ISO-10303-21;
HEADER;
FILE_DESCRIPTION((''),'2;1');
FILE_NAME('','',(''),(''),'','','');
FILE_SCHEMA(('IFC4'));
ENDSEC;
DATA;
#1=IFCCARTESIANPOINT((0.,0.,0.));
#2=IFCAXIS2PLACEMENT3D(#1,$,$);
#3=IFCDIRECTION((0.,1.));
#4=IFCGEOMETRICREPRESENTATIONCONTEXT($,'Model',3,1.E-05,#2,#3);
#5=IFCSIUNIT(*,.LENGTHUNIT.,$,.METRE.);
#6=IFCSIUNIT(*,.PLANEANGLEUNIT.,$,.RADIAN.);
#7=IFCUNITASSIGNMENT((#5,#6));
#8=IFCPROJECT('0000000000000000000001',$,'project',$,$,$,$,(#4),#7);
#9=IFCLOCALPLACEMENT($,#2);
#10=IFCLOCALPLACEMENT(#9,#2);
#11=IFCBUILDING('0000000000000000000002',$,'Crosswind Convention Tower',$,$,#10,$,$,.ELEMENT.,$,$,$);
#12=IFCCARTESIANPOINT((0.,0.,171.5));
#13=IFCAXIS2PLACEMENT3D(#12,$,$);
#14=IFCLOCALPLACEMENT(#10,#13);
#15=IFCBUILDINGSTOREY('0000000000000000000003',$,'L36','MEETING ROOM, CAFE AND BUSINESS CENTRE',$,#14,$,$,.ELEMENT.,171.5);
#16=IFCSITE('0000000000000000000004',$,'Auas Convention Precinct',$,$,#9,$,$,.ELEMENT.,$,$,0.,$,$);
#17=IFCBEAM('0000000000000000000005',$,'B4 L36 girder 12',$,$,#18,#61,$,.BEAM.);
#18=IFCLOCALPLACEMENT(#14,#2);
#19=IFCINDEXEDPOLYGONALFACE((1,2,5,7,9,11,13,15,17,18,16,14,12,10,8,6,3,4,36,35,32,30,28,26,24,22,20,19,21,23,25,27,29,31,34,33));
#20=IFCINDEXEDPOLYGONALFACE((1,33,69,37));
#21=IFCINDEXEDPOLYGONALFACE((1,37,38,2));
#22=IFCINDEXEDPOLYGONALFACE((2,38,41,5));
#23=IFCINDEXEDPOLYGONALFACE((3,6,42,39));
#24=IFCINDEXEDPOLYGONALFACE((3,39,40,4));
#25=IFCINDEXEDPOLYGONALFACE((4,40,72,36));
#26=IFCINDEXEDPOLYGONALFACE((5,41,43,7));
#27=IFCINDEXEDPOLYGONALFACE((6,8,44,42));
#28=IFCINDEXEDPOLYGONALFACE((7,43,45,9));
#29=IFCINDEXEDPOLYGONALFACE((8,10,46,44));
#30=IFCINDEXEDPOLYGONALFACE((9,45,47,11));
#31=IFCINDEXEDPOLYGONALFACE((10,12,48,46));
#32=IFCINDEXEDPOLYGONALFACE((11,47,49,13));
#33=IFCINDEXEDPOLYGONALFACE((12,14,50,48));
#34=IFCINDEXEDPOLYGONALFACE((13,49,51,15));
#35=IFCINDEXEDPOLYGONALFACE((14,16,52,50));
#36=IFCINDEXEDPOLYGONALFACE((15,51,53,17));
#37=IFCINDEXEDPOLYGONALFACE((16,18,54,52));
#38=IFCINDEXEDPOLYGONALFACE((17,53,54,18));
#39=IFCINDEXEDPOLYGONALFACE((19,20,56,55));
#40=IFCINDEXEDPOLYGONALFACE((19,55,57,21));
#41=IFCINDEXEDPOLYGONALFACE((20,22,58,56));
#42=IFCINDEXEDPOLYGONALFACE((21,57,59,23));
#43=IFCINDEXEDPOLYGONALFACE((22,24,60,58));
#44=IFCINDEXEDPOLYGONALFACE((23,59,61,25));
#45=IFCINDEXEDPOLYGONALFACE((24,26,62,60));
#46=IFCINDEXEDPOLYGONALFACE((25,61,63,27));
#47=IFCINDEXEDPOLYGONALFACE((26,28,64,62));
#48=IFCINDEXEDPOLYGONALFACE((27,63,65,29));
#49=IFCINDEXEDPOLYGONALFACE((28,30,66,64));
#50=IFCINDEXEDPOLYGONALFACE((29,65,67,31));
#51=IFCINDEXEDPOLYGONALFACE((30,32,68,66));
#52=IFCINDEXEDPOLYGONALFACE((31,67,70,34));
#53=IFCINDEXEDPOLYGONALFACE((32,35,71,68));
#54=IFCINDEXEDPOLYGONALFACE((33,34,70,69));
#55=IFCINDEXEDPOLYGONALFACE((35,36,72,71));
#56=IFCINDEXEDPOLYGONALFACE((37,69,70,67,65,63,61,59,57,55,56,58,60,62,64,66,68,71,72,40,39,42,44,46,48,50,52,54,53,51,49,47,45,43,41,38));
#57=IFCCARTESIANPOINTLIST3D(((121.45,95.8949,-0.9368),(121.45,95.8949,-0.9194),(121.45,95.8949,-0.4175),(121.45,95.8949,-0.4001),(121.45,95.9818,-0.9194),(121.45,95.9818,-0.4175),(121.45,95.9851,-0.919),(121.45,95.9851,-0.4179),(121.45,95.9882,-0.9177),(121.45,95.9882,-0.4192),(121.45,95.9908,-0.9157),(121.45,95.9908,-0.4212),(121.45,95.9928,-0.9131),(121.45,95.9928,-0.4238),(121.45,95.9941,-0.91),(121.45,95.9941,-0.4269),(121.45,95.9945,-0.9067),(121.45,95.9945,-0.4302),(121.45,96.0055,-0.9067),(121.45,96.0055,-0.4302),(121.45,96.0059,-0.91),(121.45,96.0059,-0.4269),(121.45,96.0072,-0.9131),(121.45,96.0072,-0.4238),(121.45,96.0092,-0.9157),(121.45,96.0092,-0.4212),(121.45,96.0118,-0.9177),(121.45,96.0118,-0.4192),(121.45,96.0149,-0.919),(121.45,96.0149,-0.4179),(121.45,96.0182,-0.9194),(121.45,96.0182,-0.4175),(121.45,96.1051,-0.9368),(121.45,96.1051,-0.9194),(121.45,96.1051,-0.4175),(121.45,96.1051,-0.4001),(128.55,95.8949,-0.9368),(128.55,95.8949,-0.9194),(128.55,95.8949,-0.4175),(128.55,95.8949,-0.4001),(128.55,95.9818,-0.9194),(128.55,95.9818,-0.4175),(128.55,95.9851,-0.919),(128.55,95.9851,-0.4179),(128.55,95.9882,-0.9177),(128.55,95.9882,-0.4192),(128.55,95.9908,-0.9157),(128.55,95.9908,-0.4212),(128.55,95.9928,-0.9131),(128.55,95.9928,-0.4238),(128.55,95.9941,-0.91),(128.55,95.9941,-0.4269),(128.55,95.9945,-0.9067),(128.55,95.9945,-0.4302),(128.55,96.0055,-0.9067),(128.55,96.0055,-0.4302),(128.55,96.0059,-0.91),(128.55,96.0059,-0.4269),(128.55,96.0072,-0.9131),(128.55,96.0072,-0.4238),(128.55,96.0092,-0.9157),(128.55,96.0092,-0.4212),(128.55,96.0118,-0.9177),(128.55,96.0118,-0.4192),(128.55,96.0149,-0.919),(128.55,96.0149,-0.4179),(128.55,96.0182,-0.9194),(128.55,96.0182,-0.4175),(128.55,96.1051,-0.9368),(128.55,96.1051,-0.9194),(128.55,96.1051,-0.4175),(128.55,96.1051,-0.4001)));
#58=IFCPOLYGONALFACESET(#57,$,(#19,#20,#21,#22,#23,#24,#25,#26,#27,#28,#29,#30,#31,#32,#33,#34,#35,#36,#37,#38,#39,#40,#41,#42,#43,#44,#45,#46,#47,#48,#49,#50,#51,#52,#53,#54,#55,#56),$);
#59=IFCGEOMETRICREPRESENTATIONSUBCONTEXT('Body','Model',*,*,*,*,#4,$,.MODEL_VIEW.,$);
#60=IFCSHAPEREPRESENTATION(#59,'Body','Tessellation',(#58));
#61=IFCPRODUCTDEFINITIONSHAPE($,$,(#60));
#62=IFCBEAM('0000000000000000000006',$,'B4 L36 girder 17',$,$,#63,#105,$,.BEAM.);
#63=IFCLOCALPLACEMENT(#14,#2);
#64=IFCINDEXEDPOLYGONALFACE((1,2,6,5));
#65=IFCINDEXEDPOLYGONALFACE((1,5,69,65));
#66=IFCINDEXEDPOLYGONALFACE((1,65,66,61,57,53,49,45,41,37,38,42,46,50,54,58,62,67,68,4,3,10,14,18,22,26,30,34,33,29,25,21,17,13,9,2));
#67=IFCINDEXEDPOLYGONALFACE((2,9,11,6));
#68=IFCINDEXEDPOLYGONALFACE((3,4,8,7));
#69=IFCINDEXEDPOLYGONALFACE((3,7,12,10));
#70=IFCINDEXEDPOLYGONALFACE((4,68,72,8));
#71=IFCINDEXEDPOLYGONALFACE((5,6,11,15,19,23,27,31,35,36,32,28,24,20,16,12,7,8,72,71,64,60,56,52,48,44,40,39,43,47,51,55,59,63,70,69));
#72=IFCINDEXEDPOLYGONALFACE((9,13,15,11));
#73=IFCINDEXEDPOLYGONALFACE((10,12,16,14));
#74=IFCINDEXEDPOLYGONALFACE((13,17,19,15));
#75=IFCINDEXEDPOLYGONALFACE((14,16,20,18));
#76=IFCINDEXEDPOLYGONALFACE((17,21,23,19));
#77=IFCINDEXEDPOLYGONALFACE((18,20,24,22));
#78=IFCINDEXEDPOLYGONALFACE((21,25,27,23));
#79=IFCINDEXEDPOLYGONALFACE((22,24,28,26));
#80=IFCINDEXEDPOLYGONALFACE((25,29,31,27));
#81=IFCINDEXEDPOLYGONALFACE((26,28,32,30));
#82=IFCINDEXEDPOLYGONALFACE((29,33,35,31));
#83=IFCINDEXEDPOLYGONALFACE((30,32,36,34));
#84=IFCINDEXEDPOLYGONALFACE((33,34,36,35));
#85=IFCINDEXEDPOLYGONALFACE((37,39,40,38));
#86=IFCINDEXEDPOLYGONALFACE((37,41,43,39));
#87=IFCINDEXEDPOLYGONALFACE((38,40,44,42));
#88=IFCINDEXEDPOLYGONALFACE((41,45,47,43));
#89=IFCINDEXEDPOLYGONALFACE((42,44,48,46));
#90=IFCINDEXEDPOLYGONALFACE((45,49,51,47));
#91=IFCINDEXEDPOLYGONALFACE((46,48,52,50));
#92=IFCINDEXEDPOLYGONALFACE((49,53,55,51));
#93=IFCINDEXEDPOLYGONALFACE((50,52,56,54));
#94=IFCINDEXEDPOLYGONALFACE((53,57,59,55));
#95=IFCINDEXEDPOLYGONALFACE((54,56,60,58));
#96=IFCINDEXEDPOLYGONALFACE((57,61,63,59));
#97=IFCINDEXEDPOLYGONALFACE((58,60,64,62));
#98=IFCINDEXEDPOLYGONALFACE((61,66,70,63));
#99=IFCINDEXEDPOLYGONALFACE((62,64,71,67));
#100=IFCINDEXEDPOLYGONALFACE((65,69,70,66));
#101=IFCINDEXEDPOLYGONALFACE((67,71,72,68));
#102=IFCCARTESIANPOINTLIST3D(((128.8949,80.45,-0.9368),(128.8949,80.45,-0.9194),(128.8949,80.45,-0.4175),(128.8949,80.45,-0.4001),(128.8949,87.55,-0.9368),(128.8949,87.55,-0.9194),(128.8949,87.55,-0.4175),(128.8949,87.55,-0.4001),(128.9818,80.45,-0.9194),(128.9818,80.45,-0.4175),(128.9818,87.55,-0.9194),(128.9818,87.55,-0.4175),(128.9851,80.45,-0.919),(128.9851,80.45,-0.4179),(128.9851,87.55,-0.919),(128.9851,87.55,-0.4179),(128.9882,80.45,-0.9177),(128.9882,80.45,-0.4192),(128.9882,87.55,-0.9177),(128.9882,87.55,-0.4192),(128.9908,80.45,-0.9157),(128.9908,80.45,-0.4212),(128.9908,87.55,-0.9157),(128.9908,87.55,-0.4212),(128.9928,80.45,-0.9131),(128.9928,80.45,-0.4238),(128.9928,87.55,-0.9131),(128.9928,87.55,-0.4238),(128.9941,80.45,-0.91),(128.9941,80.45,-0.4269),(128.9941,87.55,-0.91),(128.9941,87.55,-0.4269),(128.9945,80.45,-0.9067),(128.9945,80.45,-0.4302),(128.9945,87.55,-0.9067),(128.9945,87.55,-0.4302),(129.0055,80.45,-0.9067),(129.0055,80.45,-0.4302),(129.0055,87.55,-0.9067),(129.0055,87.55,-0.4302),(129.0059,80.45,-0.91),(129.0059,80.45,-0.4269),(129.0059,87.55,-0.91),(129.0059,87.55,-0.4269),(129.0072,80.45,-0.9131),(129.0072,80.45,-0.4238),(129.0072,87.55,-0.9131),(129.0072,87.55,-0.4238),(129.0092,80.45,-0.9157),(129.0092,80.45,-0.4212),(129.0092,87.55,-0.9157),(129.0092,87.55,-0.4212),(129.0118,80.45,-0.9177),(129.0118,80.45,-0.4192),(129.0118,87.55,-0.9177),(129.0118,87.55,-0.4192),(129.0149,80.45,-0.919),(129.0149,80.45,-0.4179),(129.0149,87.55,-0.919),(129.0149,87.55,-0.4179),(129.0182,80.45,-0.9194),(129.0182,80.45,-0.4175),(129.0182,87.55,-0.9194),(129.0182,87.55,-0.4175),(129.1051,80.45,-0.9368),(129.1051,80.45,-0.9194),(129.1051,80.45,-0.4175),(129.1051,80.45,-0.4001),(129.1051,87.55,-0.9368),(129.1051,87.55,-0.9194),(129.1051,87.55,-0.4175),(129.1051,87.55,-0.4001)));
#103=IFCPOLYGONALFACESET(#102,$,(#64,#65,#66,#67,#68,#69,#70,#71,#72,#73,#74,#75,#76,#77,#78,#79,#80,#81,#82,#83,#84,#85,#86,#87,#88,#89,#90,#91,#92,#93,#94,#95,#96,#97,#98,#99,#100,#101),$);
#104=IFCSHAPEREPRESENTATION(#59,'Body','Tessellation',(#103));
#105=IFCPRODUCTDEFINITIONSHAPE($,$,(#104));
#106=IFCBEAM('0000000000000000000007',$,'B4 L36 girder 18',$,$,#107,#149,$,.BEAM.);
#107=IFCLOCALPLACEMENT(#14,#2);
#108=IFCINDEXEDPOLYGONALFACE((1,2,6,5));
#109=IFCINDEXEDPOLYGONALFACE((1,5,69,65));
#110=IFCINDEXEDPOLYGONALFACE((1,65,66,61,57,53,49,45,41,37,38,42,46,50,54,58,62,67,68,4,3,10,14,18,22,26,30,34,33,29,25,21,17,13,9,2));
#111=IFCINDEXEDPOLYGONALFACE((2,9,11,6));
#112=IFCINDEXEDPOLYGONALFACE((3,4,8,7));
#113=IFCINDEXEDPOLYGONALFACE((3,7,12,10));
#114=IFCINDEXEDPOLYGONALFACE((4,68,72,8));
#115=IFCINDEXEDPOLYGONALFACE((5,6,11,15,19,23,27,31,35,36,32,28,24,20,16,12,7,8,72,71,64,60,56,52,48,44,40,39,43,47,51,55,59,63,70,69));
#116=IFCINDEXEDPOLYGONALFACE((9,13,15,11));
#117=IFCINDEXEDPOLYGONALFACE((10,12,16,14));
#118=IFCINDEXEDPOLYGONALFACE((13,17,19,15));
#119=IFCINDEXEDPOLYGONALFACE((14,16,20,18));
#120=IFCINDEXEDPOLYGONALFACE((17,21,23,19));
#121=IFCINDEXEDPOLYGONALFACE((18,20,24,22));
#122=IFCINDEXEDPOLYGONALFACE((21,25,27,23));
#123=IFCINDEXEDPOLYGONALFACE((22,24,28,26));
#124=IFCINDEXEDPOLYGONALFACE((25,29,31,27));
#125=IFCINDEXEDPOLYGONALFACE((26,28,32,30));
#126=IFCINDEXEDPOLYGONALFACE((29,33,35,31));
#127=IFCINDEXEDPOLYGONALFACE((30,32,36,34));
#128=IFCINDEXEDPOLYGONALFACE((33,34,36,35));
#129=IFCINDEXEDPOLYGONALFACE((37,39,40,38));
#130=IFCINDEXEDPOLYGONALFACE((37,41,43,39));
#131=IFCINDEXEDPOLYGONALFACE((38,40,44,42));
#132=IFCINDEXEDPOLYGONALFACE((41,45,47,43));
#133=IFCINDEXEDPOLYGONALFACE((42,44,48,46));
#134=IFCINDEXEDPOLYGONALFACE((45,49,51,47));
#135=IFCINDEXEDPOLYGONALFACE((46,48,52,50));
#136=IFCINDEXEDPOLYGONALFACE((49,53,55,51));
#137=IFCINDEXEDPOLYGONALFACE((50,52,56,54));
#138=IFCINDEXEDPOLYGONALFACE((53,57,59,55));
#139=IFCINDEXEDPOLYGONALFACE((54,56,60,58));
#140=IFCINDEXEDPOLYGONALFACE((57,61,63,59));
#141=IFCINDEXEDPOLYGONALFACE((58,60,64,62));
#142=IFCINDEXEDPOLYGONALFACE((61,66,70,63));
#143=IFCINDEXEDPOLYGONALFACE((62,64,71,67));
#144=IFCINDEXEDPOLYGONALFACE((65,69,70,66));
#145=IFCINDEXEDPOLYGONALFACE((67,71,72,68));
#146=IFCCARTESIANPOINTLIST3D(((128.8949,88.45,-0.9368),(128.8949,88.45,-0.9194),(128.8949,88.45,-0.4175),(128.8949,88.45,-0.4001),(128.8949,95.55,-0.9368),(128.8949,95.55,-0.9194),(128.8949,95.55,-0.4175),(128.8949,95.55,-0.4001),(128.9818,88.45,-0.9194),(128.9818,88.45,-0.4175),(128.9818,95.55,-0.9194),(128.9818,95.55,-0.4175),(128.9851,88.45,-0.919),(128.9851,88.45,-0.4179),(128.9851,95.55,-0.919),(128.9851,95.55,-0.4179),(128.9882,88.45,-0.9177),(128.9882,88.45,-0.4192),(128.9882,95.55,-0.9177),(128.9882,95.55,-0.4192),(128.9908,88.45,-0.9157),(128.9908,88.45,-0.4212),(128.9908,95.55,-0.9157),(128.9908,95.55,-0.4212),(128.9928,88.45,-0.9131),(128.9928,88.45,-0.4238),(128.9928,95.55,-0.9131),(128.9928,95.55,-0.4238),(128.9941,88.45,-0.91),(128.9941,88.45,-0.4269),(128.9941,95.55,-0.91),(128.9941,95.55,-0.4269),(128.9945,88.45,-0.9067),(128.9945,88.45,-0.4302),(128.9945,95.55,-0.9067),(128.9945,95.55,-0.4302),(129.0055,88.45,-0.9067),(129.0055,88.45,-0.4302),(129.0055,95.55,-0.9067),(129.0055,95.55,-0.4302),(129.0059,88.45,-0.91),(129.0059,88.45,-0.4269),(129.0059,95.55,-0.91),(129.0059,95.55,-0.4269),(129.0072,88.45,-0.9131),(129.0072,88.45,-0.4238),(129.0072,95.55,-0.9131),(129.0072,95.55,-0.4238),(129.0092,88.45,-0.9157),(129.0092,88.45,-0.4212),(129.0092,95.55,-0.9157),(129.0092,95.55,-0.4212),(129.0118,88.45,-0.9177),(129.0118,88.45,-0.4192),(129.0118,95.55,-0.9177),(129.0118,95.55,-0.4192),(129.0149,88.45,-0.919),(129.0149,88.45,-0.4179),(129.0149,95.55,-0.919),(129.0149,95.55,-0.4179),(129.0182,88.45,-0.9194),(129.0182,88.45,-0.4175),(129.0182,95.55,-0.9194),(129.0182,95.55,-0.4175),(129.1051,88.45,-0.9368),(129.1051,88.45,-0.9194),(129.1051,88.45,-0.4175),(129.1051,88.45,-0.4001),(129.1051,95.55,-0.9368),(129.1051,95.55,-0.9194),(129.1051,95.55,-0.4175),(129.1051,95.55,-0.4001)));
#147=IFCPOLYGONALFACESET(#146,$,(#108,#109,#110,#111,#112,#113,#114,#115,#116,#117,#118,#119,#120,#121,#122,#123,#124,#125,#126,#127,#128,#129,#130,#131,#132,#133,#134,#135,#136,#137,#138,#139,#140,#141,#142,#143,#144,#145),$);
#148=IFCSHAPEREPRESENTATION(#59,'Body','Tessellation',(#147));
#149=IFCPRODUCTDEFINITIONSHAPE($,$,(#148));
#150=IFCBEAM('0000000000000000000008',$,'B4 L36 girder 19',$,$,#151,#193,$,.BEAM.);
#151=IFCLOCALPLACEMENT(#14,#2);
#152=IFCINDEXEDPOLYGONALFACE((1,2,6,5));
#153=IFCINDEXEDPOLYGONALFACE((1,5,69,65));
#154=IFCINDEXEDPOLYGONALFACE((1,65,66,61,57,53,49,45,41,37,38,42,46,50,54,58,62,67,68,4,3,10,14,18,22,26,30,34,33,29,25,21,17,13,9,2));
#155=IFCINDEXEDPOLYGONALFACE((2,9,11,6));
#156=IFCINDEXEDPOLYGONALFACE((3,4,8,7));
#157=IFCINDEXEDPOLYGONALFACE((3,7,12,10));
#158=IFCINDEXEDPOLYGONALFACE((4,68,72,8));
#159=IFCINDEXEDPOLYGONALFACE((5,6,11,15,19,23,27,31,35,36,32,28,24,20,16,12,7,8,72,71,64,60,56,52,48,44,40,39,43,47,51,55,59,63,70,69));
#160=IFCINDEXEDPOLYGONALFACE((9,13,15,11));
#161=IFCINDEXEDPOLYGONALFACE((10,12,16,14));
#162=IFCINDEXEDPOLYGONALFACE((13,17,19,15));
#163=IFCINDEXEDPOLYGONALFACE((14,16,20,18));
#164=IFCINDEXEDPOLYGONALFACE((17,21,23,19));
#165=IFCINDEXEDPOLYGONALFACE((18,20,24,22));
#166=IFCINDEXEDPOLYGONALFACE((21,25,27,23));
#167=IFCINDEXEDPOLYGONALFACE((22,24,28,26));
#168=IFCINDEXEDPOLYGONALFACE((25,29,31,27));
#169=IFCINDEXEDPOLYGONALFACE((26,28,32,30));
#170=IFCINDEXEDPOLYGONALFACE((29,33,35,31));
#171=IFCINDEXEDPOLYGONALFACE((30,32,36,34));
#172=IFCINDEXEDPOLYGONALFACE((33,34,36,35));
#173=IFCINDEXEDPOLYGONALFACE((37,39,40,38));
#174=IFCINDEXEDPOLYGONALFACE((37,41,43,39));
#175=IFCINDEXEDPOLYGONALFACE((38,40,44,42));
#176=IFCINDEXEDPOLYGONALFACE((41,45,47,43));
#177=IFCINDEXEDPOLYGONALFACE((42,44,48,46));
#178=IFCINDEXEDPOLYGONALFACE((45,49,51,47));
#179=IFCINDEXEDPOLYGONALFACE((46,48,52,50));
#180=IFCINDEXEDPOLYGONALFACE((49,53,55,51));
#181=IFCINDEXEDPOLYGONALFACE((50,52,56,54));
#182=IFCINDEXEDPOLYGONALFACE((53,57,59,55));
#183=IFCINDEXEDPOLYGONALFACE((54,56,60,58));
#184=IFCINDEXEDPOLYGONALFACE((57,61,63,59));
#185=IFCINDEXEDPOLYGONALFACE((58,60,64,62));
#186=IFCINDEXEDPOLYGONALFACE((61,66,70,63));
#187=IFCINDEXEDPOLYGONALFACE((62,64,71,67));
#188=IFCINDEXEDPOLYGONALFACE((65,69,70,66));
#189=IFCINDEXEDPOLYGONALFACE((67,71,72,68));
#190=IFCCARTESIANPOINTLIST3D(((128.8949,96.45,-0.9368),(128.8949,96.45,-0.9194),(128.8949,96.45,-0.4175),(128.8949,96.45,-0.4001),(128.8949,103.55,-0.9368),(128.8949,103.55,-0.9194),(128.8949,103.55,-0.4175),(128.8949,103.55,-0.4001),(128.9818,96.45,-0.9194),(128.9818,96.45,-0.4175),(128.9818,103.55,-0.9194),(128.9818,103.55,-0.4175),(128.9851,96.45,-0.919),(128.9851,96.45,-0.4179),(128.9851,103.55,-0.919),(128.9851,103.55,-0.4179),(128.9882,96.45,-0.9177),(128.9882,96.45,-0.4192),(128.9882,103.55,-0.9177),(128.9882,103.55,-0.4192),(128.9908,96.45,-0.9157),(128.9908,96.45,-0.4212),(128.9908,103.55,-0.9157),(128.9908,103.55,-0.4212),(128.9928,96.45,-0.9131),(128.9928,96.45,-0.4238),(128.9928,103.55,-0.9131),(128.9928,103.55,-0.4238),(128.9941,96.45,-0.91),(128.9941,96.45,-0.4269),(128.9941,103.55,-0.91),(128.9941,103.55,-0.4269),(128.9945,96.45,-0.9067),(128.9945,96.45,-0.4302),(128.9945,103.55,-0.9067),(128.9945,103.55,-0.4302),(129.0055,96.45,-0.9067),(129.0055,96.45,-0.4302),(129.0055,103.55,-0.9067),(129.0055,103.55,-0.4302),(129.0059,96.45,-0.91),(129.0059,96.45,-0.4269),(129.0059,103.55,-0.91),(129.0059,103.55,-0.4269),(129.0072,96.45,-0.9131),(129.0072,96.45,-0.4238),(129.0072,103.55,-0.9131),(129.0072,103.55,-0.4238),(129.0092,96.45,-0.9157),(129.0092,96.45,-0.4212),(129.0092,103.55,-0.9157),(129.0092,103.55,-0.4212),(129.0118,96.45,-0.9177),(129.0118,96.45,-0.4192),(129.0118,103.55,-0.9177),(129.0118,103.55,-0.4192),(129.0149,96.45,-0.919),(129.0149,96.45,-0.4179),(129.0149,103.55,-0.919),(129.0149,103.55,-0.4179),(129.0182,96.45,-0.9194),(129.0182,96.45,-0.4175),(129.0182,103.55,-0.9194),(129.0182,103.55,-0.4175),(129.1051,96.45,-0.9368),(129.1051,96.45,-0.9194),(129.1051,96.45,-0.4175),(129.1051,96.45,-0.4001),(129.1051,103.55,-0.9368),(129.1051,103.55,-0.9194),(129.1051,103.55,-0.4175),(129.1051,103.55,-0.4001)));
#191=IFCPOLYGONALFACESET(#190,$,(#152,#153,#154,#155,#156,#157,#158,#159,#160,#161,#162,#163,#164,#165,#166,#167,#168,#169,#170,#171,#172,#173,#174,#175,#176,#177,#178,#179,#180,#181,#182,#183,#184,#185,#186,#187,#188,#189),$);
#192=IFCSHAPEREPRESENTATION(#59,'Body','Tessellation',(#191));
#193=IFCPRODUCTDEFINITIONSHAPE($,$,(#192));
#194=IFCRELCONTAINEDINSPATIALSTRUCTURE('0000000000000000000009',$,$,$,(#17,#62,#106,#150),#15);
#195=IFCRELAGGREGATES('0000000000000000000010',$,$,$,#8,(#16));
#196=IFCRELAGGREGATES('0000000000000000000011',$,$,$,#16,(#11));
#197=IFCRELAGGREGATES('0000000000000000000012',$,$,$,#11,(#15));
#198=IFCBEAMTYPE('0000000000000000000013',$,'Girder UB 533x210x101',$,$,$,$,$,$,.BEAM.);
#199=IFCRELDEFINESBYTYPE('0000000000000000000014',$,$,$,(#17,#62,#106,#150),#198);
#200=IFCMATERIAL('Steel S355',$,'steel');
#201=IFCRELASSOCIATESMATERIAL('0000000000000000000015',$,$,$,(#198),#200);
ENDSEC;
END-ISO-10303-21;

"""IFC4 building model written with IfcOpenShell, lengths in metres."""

from ifc_helpers import new_model, si_unit, direction, frame, origin, origin_2d, place, context, subcontext, project, spatial, i_section, extrude, material, material_profile, profile_set, type_object, element, save


model = new_model("IFC4")

# Units and contexts
model_context = context("Model", 3, precision=1e-05, world=origin(), true_north=direction((0.0, 1.0)))
body_context = subcontext(model_context, "Body", "Model", "MODEL_VIEW")
ifc_project = project(units=[si_unit("LENGTHUNIT", "METRE"), si_unit("PLANEANGLEUNIT", "RADIAN")], contexts=[model_context])

# Site, building, storey
site_placement = place(None, origin())
site = spatial("IfcSite", under=ifc_project, at=site_placement, Name="Auas Convention Precinct", CompositionType="ELEMENT", RefElevation=0.0)
building_placement = place(site_placement, origin())
building = spatial("IfcBuilding", under=site, at=building_placement, Name="Crosswind Convention Tower", CompositionType="ELEMENT")
storey_placement = place(building_placement, frame((0.0, 0.0, 171.5)))
storey = spatial("IfcBuildingStorey", under=building, at=storey_placement, Name="L36", Description="MEETING ROOM, CAFE AND BUSINESS CENTRE", CompositionType="ELEMENT", Elevation=171.5)

# Beams
ifc_material_1 = material(Name="Steel S355", Category="steel")
ifc_material_profile_1 = material_profile(ifc_material_1, i_section(OverallWidth=0.2102, OverallDepth=0.5366, WebThickness=0.011, FlangeThickness=0.0173, FilletRadius=0.0127, at=origin_2d()), Name="UB 533x210x101")
ifc_profile_set_1 = profile_set([ifc_material_profile_1], Name="Steel S355")
beam_type_1 = type_object("IfcBeamType", Name="Girder UB 533x210x101", PredefinedType="BEAM", material=ifc_profile_set_1)
for number, where, z_axis, x_axis, name in (
    (1, (121.45, 96.0, -0.6685), (1.0, 0.0, 0.0), (0.0, 1.0, 0.0), "B4 L36 girder 12"),
    (2, (129.0, 80.45, -0.6685), (0.0, 1.0, 0.0), (-1.0, 0.0, 0.0), "B4 L36 girder 17"),
    (3, (129.0, 88.45, -0.6685), (0.0, 1.0, 0.0), (-1.0, 0.0, 0.0), "B4 L36 girder 18"),
    (4, (129.0, 96.45, -0.6685), (0.0, 1.0, 0.0), (-1.0, 0.0, 0.0), "B4 L36 girder 19"),
):
    element("IfcBeam", number, at=place(storey_placement, frame(where, z_axis=z_axis, x_axis=x_axis)), inside=storey, type_object=beam_type_1, Name=name, PredefinedType="BEAM", context=body_context, shape_type="SweptSolid", body=[
        extrude(i_section(OverallWidth=0.2102, OverallDepth=0.5366, WebThickness=0.011, FlangeThickness=0.0173, FilletRadius=0.0127, at=origin_2d()), origin(), (0.0, 0.0, 1.0), 7.1001),
    ])

save(model, "model.ifc")
